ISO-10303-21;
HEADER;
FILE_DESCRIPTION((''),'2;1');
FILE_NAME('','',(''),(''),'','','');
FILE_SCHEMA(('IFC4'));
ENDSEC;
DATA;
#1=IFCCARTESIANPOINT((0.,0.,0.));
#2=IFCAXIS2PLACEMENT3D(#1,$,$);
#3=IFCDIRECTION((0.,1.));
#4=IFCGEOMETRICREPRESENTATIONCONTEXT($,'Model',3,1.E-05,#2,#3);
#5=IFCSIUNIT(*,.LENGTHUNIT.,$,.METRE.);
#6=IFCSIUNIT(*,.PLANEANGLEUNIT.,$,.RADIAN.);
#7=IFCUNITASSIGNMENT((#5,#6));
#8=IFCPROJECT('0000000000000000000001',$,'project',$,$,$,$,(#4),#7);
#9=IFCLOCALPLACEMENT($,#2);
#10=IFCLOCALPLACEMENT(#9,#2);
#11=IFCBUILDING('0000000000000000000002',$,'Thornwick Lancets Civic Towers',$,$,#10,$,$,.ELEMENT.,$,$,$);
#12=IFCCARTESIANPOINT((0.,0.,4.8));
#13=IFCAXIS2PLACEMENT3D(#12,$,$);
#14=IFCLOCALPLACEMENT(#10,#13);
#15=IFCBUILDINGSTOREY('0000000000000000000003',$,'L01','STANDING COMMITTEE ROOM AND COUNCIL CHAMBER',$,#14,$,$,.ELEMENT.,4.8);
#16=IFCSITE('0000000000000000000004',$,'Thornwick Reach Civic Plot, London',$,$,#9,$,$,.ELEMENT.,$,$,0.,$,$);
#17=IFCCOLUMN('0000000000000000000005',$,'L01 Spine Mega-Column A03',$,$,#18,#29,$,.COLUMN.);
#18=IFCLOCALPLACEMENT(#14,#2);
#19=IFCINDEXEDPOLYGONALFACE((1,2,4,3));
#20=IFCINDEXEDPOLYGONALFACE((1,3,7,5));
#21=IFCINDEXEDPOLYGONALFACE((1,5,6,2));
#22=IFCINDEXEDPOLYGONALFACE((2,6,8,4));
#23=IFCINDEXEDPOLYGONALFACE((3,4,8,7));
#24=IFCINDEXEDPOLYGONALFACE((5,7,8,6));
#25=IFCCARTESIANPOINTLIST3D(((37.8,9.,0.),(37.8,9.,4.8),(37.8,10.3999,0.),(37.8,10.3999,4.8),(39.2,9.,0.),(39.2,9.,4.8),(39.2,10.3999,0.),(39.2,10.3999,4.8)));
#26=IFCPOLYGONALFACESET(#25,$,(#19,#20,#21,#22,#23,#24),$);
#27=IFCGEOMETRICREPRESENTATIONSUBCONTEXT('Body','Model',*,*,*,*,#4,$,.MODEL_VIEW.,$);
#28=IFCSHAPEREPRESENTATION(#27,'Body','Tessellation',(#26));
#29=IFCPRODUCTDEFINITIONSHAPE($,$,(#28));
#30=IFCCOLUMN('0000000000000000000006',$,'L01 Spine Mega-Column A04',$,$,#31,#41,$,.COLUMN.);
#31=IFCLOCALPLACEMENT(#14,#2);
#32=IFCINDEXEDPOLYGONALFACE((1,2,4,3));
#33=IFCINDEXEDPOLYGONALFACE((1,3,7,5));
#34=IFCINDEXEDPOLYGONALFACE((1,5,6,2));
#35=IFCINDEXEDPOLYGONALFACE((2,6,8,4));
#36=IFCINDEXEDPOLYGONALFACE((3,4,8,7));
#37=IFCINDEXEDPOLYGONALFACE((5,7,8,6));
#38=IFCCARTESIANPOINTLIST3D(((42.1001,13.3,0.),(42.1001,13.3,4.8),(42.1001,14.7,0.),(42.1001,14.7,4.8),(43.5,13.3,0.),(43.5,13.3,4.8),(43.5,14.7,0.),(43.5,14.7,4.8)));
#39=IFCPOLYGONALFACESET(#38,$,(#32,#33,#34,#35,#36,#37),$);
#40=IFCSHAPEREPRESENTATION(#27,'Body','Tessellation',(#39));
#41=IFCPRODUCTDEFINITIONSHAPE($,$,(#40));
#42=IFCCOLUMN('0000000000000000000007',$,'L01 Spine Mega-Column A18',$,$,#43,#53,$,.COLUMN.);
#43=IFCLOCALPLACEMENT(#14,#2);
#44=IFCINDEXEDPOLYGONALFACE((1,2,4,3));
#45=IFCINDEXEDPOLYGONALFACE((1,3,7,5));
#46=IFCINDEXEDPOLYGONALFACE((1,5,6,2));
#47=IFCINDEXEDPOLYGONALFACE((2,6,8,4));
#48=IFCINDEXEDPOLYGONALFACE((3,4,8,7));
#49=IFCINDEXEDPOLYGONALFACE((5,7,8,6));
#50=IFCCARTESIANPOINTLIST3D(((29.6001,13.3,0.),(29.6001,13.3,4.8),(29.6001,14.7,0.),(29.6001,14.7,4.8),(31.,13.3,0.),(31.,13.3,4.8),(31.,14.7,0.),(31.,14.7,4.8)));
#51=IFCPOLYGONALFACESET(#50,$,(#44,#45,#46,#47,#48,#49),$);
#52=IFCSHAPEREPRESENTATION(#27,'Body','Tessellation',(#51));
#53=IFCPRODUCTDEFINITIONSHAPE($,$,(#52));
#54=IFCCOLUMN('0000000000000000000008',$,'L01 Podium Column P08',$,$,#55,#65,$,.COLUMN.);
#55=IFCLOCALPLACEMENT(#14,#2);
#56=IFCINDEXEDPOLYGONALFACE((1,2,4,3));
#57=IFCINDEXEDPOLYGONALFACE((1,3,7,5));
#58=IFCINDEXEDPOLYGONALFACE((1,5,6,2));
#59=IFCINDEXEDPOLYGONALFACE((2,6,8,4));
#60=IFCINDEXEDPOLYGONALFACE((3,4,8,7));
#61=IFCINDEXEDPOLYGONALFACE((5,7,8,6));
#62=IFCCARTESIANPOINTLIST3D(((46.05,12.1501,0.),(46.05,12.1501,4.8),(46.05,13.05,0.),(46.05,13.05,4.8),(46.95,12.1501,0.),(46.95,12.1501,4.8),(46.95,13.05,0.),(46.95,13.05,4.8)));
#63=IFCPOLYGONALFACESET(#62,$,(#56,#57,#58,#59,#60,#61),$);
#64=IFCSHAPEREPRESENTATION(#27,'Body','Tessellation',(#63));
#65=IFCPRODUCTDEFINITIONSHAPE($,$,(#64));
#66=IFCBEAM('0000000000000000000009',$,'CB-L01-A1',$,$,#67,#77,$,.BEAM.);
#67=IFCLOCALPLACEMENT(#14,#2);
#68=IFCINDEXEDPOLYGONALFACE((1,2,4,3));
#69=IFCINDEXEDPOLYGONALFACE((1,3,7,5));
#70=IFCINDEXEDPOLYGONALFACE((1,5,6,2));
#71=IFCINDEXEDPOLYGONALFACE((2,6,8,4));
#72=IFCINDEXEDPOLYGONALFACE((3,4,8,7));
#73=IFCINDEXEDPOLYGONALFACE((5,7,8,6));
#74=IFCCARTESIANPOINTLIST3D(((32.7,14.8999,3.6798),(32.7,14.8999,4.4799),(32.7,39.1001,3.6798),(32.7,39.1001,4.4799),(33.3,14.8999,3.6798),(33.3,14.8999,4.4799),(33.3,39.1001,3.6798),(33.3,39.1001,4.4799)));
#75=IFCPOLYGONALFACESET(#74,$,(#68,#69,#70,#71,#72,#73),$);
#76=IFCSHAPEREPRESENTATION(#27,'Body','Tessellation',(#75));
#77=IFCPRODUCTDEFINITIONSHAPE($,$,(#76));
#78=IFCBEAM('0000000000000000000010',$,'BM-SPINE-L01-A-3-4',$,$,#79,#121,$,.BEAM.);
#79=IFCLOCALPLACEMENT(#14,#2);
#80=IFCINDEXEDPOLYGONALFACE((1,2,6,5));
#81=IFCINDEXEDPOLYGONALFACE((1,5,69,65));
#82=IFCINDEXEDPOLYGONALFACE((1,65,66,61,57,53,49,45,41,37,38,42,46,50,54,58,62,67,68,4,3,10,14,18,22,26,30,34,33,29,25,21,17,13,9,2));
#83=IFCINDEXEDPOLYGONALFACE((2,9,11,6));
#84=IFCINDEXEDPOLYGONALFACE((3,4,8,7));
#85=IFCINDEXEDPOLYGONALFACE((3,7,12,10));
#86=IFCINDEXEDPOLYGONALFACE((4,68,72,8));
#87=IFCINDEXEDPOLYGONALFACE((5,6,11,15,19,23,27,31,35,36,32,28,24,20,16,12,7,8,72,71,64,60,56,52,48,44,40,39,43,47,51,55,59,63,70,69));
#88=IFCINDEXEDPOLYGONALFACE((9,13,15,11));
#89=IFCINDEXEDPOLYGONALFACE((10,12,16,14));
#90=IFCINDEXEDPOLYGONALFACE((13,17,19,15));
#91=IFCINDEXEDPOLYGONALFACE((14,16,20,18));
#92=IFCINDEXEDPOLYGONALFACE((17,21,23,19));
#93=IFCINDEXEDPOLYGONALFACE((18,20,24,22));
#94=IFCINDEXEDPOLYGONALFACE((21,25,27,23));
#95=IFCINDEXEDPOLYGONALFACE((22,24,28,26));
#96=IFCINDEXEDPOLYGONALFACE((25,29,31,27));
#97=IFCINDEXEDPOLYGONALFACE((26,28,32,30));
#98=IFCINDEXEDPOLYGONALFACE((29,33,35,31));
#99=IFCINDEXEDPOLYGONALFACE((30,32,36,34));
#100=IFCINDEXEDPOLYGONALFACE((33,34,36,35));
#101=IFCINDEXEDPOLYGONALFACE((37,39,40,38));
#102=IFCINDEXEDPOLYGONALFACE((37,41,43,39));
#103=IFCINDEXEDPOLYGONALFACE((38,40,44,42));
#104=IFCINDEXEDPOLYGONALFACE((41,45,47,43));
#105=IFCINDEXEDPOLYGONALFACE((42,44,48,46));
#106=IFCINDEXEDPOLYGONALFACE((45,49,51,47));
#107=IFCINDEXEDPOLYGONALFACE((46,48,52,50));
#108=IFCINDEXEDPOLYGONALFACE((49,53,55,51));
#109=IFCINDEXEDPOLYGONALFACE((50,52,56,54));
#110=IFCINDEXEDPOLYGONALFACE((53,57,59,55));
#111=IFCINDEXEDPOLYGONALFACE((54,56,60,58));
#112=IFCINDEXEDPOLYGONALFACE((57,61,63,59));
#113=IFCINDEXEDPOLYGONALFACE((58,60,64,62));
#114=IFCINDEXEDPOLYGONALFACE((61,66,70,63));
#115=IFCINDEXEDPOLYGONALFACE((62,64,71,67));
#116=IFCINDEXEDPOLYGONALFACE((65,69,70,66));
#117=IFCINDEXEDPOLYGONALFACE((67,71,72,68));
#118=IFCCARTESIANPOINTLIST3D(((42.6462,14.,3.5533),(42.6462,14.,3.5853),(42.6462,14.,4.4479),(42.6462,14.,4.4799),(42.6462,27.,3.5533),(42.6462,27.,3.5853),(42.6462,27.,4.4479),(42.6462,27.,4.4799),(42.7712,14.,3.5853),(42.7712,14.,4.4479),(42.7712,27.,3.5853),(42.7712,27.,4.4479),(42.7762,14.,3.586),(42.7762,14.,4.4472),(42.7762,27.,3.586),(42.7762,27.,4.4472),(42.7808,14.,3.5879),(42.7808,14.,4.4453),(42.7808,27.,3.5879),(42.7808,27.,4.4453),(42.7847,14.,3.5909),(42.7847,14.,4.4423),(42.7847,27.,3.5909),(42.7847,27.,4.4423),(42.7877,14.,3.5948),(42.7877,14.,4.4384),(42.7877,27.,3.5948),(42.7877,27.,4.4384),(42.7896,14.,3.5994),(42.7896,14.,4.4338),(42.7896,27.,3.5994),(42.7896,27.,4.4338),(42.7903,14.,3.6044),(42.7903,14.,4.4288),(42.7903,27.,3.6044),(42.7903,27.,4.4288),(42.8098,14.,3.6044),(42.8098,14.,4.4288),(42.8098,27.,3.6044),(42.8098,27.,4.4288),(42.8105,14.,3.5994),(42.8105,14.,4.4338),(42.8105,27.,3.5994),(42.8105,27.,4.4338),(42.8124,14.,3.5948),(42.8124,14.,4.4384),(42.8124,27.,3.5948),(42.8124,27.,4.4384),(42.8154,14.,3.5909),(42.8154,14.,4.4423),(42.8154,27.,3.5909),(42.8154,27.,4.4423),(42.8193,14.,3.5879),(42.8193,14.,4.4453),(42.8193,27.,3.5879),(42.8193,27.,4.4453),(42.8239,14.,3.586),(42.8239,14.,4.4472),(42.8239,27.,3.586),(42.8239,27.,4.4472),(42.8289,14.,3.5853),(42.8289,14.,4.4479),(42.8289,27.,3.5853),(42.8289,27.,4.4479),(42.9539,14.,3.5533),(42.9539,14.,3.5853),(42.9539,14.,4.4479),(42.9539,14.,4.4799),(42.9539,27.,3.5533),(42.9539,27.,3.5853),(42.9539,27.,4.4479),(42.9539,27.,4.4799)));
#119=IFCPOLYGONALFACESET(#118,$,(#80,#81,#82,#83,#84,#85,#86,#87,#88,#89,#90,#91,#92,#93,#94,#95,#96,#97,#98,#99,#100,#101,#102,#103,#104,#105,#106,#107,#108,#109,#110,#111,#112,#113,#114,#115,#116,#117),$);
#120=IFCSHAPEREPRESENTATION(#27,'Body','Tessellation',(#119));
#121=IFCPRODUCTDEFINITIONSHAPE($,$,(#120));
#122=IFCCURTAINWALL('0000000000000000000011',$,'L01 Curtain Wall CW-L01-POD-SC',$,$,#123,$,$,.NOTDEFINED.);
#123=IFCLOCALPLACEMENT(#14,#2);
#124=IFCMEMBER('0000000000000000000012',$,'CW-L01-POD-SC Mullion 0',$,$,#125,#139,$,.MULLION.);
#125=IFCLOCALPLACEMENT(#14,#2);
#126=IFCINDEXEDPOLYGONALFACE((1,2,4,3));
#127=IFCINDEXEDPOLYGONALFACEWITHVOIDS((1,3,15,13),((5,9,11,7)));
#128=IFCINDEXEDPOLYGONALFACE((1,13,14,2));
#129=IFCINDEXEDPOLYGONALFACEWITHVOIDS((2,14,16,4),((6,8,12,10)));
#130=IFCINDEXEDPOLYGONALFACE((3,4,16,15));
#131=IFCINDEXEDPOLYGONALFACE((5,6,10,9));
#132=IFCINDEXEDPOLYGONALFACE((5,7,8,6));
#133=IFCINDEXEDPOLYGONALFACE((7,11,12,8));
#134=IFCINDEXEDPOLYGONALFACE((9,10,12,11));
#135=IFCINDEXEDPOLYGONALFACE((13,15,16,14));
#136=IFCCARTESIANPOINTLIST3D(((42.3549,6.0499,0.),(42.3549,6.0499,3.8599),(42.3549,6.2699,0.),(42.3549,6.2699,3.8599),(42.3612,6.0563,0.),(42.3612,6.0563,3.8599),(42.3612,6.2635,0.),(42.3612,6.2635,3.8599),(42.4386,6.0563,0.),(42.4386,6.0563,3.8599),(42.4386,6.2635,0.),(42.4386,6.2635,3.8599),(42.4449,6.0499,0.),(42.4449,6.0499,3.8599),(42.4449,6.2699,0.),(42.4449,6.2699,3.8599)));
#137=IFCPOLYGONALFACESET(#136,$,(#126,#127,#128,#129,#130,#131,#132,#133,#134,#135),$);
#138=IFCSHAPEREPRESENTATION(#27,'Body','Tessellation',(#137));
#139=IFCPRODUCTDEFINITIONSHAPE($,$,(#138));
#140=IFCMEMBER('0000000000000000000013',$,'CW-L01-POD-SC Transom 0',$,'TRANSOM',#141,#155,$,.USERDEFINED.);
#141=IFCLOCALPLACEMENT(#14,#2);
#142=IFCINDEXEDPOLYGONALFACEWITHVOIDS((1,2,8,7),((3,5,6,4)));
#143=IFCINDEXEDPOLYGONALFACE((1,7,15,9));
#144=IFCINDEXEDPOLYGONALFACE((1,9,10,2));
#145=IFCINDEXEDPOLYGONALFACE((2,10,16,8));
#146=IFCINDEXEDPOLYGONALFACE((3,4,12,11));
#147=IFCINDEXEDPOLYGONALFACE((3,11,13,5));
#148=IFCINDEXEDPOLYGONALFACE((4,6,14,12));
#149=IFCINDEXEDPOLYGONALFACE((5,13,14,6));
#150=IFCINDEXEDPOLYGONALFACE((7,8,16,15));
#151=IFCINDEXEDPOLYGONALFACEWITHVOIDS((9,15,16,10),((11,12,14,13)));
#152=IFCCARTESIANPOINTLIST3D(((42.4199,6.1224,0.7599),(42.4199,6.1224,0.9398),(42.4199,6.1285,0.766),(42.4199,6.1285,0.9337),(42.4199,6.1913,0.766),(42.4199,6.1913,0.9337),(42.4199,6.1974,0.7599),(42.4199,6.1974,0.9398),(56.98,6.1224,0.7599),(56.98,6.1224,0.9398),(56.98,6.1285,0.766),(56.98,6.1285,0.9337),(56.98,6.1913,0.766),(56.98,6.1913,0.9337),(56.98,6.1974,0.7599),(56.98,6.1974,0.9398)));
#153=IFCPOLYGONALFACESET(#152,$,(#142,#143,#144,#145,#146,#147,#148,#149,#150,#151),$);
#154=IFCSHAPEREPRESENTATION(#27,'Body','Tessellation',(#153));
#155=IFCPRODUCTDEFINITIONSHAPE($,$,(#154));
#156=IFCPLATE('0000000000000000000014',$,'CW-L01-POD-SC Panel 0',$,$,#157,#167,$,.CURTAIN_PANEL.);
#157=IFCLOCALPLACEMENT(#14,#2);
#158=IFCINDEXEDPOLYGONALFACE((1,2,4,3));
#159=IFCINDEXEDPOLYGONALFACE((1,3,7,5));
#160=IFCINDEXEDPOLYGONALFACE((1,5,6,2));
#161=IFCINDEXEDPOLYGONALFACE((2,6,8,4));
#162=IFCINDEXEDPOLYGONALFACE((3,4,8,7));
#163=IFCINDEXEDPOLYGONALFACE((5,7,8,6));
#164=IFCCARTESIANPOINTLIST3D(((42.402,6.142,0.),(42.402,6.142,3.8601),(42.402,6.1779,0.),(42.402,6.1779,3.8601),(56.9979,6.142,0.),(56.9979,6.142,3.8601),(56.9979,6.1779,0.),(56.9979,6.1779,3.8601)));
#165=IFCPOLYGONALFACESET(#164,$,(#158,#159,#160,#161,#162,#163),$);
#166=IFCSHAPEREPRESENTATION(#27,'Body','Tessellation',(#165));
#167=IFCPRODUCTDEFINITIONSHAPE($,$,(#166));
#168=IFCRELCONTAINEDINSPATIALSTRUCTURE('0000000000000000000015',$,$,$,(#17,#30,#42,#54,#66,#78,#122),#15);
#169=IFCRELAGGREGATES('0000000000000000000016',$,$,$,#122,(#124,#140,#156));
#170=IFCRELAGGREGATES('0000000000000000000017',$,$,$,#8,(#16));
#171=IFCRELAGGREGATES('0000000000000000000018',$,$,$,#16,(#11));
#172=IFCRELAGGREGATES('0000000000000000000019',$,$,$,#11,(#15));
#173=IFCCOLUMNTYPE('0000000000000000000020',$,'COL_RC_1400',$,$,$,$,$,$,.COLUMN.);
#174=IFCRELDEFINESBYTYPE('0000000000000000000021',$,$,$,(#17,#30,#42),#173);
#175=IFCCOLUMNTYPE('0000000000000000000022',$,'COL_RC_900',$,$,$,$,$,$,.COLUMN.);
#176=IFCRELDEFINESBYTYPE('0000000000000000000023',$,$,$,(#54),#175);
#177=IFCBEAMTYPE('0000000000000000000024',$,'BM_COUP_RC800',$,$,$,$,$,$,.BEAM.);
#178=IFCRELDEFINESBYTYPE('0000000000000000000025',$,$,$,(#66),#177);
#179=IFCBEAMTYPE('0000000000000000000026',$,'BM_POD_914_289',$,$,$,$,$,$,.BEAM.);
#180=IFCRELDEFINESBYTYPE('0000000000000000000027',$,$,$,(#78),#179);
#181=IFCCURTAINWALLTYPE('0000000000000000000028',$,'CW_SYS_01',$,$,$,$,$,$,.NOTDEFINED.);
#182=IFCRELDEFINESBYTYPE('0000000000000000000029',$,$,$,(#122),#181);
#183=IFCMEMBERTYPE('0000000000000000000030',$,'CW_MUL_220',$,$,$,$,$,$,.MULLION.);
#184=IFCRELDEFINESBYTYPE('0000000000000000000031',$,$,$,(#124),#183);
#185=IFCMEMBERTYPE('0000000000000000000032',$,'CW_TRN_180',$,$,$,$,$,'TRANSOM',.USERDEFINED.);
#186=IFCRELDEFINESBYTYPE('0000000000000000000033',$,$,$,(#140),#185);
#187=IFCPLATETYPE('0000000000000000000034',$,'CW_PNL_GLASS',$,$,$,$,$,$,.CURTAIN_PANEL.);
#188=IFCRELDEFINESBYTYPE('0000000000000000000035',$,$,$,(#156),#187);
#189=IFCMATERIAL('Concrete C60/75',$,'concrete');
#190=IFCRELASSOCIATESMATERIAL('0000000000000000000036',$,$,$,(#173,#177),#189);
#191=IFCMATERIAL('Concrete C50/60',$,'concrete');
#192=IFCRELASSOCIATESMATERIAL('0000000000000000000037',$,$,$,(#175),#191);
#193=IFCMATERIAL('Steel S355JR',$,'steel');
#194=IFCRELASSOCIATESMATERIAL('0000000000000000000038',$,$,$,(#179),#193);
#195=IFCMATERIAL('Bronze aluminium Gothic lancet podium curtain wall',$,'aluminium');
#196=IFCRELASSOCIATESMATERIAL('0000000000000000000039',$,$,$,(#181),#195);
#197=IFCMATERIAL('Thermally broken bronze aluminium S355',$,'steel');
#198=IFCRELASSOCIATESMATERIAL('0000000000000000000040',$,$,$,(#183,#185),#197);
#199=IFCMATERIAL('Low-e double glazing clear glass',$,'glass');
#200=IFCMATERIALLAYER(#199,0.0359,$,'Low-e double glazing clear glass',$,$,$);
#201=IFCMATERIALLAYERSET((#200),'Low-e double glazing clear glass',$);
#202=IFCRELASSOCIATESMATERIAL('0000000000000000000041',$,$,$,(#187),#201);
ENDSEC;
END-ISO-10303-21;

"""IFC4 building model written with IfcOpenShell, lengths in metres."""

from ifc_helpers import new_model, si_unit, direction, frame, origin, origin_2d, place, context, subcontext, project, spatial, rectangle, hollow_rectangle, i_section, extrude, material, layer, layer_set, material_profile, profile_set, type_object, element, aggregate, save


model = new_model("IFC4")

# Units and contexts
model_context = context("Model", 3, precision=1e-05, world=origin(), true_north=direction((0.0, 1.0)))
body_context = subcontext(model_context, "Body", "Model", "MODEL_VIEW")
ifc_project = project(units=[si_unit("LENGTHUNIT", "METRE"), si_unit("PLANEANGLEUNIT", "RADIAN")], contexts=[model_context])

# Site, building, storey
site_placement = place(None, origin())
site = spatial("IfcSite", under=ifc_project, at=site_placement, Name="Thornwick Reach Civic Plot, London", CompositionType="ELEMENT", RefElevation=0.0)
building_placement = place(site_placement, origin())
building = spatial("IfcBuilding", under=site, at=building_placement, Name="Thornwick Lancets Civic Towers", CompositionType="ELEMENT")
storey_placement = place(building_placement, frame((0.0, 0.0, 4.8)))
storey = spatial("IfcBuildingStorey", under=building, at=storey_placement, Name="L01", Description="STANDING COMMITTEE ROOM AND COUNCIL CHAMBER", CompositionType="ELEMENT", Elevation=4.8)

# Columns
ifc_material_1 = material(Name="Concrete C60/75", Category="concrete")
ifc_material_profile_1 = material_profile(ifc_material_1, rectangle(XDim=1.3999, YDim=1.3999, at=origin_2d()), Name="RC 1400x1400")
ifc_profile_set_1 = profile_set([ifc_material_profile_1], Name="Concrete C60/75")
column_type_1 = type_object("IfcColumnType", Name="COL_RC_1400", PredefinedType="COLUMN", material=ifc_profile_set_1)
for number, where, z_axis, x_axis, name in (
    (1, (38.5, 9.7, 0.0), (0.0, 0.0, 1.0), (1.0, 0.0, 0.0), "L01 Spine Mega-Column A03"),
    (2, (42.8, 14.0, 0.0), (0.0, 0.0, 1.0), (1.0, 0.0, 0.0), "L01 Spine Mega-Column A04"),
    (3, (30.3, 14.0, 0.0), (0.0, 0.0, 1.0), (1.0, 0.0, 0.0), "L01 Spine Mega-Column A18"),
):
    element("IfcColumn", number, at=place(storey_placement, frame(where, z_axis=z_axis, x_axis=x_axis)), inside=storey, type_object=column_type_1, Name=name, PredefinedType="COLUMN", context=body_context, shape_type="SweptSolid", body=[
        extrude(rectangle(XDim=1.3999, YDim=1.3999, at=origin_2d()), origin(), (0.0, 0.0, 1.0), 4.8),
    ])
ifc_material_2 = material(Name="Concrete C50/60", Category="concrete")
ifc_material_profile_2 = material_profile(ifc_material_2, rectangle(XDim=0.8999, YDim=0.8999, at=origin_2d()), Name="RC 900x900")
ifc_profile_set_2 = profile_set([ifc_material_profile_2], Name="Concrete C50/60")
column_type_2 = type_object("IfcColumnType", Name="COL_RC_900", PredefinedType="COLUMN", material=ifc_profile_set_2)
column_placement = place(storey_placement, frame((46.5, 12.6001, 0.0), z_axis=(0.0, 0.0, 1.0), x_axis=(1.0, 0.0, 0.0)))
element("IfcColumn", 4, at=column_placement, inside=storey, type_object=column_type_2, Name="L01 Podium Column P08", PredefinedType="COLUMN", context=body_context, shape_type="SweptSolid", body=[
    extrude(rectangle(XDim=0.8999, YDim=0.8999, at=origin_2d()), origin(), (0.0, 0.0, 1.0), 4.8),
])

# Beams
ifc_material_profile_3 = material_profile(ifc_material_1, rectangle(XDim=0.6001, YDim=0.8, at=origin_2d()), Name="RC 600x800")
ifc_profile_set_3 = profile_set([ifc_material_profile_3], Name="Concrete C60/75")
beam_type_1 = type_object("IfcBeamType", Name="BM_COUP_RC800", PredefinedType="BEAM", material=ifc_profile_set_3)
beam_1_placement = place(storey_placement, frame((33.0, 14.8999, 4.0798), z_axis=(0.0, 1.0, 0.0), x_axis=(-1.0, 0.0, 0.0)))
element("IfcBeam", 5, at=beam_1_placement, inside=storey, type_object=beam_type_1, Name="CB-L01-A1", PredefinedType="BEAM", context=body_context, shape_type="SweptSolid", body=[
    extrude(rectangle(XDim=0.6001, YDim=0.8, at=origin_2d()), origin(), (0.0, 0.0, 1.0), 24.2002),
])
ifc_material_3 = material(Name="Steel S355JR", Category="steel")
ifc_material_profile_4 = material_profile(ifc_material_3, i_section(OverallWidth=0.3076, OverallDepth=0.9265, WebThickness=0.0195, FlangeThickness=0.032, FilletRadius=0.019, at=origin_2d()), Name="UKB 914x305x289")
ifc_profile_set_4 = profile_set([ifc_material_profile_4], Name="Steel S355JR")
beam_type_2 = type_object("IfcBeamType", Name="BM_POD_914_289", PredefinedType="BEAM", material=ifc_profile_set_4)
beam_2_placement = place(storey_placement, frame((42.8, 14.0, 4.0166), z_axis=(0.0, 1.0, 0.0), x_axis=(-1.0, 0.0, 0.0)))
element("IfcBeam", 6, at=beam_2_placement, inside=storey, type_object=beam_type_2, Name="BM-SPINE-L01-A-3-4", PredefinedType="BEAM", context=body_context, shape_type="SweptSolid", body=[
    extrude(i_section(OverallWidth=0.3076, OverallDepth=0.9265, WebThickness=0.0195, FlangeThickness=0.032, FilletRadius=0.019, at=origin_2d()), origin(), (0.0, 0.0, 1.0), 13.0),
])

# Curtain wall, members, plate
ifc_material_4 = material(Name="Bronze aluminium Gothic lancet podium curtain wall", Category="aluminium")
curtain_wall_type = type_object("IfcCurtainWallType", Name="CW_SYS_01", PredefinedType="NOTDEFINED", material=ifc_material_4)
curtain_wall_placement = place(storey_placement, origin())
curtain_wall = element("IfcCurtainWall", 7, at=curtain_wall_placement, inside=storey, type_object=curtain_wall_type, Name="L01 Curtain Wall CW-L01-POD-SC", PredefinedType="NOTDEFINED")
ifc_material_5 = material(Name="Thermally broken bronze aluminium S355", Category="steel")
ifc_material_profile_5 = material_profile(ifc_material_5, hollow_rectangle(XDim=0.0901, YDim=0.22, WallThickness=0.0063, at=origin_2d()), Name="RHS 220x90x6.3")
ifc_profile_set_5 = profile_set([ifc_material_profile_5], Name="Thermally broken bronze aluminium S355")
member_type_1 = type_object("IfcMemberType", Name="CW_MUL_220", PredefinedType="MULLION", material=ifc_profile_set_5)
member_1_placement = place(storey_placement, frame((42.3999, 6.1599, 0.0), z_axis=(0.0, 0.0, 1.0), x_axis=(1.0, 0.0, 0.0)))
member_1 = element("IfcMember", 8, at=member_1_placement, type_object=member_type_1, Name="CW-L01-POD-SC Mullion 0", PredefinedType="MULLION", context=body_context, shape_type="SweptSolid", body=[
    extrude(hollow_rectangle(XDim=0.0901, YDim=0.22, WallThickness=0.0063, at=origin_2d()), origin(), (0.0, 0.0, 1.0), 3.8599),
])
ifc_material_profile_6 = material_profile(ifc_material_5, hollow_rectangle(XDim=0.075, YDim=0.1799, WallThickness=0.0061, at=origin_2d()), Name="RHS 180x75x6")
ifc_profile_set_6 = profile_set([ifc_material_profile_6], Name="Thermally broken bronze aluminium S355")
member_type_2 = type_object("IfcMemberType", Name="CW_TRN_180", ElementType="TRANSOM", PredefinedType="USERDEFINED", material=ifc_profile_set_6)
member_2_placement = place(storey_placement, frame((42.4199, 6.1599, 0.8499), z_axis=(1.0, 0.0, 0.0), x_axis=(0.0, 1.0, 0.0)))
member_2 = element("IfcMember", 9, at=member_2_placement, type_object=member_type_2, Name="CW-L01-POD-SC Transom 0", ObjectType="TRANSOM", PredefinedType="USERDEFINED", context=body_context, shape_type="SweptSolid", body=[
    extrude(hollow_rectangle(XDim=0.075, YDim=0.1799, WallThickness=0.0061, at=origin_2d()), origin(), (0.0, 0.0, 1.0), 14.5601),
])
ifc_material_6 = material(Name="Low-e double glazing clear glass", Category="glass")
ifc_layer_1 = layer(ifc_material_6, 0.0359, Name="Low-e double glazing clear glass")
ifc_layer_set_1 = layer_set([ifc_layer_1], Name="Low-e double glazing clear glass")
plate_type = type_object("IfcPlateType", Name="CW_PNL_GLASS", PredefinedType="CURTAIN_PANEL", material=ifc_layer_set_1)
plate_placement = place(storey_placement, frame((49.7, 6.1599, 0.0), z_axis=(0.0, 0.0, 1.0), x_axis=(1.0, 0.0, 0.0)))
plate = element("IfcPlate", 10, at=plate_placement, type_object=plate_type, Name="CW-L01-POD-SC Panel 0", PredefinedType="CURTAIN_PANEL", context=body_context, shape_type="SweptSolid", body=[
    extrude(rectangle(XDim=14.5959, YDim=0.0359, at=origin_2d()), origin(), (0.0, 0.0, 1.0), 3.8601),
])
aggregate(curtain_wall, [member_1, member_2, plate])

save(model, "model.ifc")
